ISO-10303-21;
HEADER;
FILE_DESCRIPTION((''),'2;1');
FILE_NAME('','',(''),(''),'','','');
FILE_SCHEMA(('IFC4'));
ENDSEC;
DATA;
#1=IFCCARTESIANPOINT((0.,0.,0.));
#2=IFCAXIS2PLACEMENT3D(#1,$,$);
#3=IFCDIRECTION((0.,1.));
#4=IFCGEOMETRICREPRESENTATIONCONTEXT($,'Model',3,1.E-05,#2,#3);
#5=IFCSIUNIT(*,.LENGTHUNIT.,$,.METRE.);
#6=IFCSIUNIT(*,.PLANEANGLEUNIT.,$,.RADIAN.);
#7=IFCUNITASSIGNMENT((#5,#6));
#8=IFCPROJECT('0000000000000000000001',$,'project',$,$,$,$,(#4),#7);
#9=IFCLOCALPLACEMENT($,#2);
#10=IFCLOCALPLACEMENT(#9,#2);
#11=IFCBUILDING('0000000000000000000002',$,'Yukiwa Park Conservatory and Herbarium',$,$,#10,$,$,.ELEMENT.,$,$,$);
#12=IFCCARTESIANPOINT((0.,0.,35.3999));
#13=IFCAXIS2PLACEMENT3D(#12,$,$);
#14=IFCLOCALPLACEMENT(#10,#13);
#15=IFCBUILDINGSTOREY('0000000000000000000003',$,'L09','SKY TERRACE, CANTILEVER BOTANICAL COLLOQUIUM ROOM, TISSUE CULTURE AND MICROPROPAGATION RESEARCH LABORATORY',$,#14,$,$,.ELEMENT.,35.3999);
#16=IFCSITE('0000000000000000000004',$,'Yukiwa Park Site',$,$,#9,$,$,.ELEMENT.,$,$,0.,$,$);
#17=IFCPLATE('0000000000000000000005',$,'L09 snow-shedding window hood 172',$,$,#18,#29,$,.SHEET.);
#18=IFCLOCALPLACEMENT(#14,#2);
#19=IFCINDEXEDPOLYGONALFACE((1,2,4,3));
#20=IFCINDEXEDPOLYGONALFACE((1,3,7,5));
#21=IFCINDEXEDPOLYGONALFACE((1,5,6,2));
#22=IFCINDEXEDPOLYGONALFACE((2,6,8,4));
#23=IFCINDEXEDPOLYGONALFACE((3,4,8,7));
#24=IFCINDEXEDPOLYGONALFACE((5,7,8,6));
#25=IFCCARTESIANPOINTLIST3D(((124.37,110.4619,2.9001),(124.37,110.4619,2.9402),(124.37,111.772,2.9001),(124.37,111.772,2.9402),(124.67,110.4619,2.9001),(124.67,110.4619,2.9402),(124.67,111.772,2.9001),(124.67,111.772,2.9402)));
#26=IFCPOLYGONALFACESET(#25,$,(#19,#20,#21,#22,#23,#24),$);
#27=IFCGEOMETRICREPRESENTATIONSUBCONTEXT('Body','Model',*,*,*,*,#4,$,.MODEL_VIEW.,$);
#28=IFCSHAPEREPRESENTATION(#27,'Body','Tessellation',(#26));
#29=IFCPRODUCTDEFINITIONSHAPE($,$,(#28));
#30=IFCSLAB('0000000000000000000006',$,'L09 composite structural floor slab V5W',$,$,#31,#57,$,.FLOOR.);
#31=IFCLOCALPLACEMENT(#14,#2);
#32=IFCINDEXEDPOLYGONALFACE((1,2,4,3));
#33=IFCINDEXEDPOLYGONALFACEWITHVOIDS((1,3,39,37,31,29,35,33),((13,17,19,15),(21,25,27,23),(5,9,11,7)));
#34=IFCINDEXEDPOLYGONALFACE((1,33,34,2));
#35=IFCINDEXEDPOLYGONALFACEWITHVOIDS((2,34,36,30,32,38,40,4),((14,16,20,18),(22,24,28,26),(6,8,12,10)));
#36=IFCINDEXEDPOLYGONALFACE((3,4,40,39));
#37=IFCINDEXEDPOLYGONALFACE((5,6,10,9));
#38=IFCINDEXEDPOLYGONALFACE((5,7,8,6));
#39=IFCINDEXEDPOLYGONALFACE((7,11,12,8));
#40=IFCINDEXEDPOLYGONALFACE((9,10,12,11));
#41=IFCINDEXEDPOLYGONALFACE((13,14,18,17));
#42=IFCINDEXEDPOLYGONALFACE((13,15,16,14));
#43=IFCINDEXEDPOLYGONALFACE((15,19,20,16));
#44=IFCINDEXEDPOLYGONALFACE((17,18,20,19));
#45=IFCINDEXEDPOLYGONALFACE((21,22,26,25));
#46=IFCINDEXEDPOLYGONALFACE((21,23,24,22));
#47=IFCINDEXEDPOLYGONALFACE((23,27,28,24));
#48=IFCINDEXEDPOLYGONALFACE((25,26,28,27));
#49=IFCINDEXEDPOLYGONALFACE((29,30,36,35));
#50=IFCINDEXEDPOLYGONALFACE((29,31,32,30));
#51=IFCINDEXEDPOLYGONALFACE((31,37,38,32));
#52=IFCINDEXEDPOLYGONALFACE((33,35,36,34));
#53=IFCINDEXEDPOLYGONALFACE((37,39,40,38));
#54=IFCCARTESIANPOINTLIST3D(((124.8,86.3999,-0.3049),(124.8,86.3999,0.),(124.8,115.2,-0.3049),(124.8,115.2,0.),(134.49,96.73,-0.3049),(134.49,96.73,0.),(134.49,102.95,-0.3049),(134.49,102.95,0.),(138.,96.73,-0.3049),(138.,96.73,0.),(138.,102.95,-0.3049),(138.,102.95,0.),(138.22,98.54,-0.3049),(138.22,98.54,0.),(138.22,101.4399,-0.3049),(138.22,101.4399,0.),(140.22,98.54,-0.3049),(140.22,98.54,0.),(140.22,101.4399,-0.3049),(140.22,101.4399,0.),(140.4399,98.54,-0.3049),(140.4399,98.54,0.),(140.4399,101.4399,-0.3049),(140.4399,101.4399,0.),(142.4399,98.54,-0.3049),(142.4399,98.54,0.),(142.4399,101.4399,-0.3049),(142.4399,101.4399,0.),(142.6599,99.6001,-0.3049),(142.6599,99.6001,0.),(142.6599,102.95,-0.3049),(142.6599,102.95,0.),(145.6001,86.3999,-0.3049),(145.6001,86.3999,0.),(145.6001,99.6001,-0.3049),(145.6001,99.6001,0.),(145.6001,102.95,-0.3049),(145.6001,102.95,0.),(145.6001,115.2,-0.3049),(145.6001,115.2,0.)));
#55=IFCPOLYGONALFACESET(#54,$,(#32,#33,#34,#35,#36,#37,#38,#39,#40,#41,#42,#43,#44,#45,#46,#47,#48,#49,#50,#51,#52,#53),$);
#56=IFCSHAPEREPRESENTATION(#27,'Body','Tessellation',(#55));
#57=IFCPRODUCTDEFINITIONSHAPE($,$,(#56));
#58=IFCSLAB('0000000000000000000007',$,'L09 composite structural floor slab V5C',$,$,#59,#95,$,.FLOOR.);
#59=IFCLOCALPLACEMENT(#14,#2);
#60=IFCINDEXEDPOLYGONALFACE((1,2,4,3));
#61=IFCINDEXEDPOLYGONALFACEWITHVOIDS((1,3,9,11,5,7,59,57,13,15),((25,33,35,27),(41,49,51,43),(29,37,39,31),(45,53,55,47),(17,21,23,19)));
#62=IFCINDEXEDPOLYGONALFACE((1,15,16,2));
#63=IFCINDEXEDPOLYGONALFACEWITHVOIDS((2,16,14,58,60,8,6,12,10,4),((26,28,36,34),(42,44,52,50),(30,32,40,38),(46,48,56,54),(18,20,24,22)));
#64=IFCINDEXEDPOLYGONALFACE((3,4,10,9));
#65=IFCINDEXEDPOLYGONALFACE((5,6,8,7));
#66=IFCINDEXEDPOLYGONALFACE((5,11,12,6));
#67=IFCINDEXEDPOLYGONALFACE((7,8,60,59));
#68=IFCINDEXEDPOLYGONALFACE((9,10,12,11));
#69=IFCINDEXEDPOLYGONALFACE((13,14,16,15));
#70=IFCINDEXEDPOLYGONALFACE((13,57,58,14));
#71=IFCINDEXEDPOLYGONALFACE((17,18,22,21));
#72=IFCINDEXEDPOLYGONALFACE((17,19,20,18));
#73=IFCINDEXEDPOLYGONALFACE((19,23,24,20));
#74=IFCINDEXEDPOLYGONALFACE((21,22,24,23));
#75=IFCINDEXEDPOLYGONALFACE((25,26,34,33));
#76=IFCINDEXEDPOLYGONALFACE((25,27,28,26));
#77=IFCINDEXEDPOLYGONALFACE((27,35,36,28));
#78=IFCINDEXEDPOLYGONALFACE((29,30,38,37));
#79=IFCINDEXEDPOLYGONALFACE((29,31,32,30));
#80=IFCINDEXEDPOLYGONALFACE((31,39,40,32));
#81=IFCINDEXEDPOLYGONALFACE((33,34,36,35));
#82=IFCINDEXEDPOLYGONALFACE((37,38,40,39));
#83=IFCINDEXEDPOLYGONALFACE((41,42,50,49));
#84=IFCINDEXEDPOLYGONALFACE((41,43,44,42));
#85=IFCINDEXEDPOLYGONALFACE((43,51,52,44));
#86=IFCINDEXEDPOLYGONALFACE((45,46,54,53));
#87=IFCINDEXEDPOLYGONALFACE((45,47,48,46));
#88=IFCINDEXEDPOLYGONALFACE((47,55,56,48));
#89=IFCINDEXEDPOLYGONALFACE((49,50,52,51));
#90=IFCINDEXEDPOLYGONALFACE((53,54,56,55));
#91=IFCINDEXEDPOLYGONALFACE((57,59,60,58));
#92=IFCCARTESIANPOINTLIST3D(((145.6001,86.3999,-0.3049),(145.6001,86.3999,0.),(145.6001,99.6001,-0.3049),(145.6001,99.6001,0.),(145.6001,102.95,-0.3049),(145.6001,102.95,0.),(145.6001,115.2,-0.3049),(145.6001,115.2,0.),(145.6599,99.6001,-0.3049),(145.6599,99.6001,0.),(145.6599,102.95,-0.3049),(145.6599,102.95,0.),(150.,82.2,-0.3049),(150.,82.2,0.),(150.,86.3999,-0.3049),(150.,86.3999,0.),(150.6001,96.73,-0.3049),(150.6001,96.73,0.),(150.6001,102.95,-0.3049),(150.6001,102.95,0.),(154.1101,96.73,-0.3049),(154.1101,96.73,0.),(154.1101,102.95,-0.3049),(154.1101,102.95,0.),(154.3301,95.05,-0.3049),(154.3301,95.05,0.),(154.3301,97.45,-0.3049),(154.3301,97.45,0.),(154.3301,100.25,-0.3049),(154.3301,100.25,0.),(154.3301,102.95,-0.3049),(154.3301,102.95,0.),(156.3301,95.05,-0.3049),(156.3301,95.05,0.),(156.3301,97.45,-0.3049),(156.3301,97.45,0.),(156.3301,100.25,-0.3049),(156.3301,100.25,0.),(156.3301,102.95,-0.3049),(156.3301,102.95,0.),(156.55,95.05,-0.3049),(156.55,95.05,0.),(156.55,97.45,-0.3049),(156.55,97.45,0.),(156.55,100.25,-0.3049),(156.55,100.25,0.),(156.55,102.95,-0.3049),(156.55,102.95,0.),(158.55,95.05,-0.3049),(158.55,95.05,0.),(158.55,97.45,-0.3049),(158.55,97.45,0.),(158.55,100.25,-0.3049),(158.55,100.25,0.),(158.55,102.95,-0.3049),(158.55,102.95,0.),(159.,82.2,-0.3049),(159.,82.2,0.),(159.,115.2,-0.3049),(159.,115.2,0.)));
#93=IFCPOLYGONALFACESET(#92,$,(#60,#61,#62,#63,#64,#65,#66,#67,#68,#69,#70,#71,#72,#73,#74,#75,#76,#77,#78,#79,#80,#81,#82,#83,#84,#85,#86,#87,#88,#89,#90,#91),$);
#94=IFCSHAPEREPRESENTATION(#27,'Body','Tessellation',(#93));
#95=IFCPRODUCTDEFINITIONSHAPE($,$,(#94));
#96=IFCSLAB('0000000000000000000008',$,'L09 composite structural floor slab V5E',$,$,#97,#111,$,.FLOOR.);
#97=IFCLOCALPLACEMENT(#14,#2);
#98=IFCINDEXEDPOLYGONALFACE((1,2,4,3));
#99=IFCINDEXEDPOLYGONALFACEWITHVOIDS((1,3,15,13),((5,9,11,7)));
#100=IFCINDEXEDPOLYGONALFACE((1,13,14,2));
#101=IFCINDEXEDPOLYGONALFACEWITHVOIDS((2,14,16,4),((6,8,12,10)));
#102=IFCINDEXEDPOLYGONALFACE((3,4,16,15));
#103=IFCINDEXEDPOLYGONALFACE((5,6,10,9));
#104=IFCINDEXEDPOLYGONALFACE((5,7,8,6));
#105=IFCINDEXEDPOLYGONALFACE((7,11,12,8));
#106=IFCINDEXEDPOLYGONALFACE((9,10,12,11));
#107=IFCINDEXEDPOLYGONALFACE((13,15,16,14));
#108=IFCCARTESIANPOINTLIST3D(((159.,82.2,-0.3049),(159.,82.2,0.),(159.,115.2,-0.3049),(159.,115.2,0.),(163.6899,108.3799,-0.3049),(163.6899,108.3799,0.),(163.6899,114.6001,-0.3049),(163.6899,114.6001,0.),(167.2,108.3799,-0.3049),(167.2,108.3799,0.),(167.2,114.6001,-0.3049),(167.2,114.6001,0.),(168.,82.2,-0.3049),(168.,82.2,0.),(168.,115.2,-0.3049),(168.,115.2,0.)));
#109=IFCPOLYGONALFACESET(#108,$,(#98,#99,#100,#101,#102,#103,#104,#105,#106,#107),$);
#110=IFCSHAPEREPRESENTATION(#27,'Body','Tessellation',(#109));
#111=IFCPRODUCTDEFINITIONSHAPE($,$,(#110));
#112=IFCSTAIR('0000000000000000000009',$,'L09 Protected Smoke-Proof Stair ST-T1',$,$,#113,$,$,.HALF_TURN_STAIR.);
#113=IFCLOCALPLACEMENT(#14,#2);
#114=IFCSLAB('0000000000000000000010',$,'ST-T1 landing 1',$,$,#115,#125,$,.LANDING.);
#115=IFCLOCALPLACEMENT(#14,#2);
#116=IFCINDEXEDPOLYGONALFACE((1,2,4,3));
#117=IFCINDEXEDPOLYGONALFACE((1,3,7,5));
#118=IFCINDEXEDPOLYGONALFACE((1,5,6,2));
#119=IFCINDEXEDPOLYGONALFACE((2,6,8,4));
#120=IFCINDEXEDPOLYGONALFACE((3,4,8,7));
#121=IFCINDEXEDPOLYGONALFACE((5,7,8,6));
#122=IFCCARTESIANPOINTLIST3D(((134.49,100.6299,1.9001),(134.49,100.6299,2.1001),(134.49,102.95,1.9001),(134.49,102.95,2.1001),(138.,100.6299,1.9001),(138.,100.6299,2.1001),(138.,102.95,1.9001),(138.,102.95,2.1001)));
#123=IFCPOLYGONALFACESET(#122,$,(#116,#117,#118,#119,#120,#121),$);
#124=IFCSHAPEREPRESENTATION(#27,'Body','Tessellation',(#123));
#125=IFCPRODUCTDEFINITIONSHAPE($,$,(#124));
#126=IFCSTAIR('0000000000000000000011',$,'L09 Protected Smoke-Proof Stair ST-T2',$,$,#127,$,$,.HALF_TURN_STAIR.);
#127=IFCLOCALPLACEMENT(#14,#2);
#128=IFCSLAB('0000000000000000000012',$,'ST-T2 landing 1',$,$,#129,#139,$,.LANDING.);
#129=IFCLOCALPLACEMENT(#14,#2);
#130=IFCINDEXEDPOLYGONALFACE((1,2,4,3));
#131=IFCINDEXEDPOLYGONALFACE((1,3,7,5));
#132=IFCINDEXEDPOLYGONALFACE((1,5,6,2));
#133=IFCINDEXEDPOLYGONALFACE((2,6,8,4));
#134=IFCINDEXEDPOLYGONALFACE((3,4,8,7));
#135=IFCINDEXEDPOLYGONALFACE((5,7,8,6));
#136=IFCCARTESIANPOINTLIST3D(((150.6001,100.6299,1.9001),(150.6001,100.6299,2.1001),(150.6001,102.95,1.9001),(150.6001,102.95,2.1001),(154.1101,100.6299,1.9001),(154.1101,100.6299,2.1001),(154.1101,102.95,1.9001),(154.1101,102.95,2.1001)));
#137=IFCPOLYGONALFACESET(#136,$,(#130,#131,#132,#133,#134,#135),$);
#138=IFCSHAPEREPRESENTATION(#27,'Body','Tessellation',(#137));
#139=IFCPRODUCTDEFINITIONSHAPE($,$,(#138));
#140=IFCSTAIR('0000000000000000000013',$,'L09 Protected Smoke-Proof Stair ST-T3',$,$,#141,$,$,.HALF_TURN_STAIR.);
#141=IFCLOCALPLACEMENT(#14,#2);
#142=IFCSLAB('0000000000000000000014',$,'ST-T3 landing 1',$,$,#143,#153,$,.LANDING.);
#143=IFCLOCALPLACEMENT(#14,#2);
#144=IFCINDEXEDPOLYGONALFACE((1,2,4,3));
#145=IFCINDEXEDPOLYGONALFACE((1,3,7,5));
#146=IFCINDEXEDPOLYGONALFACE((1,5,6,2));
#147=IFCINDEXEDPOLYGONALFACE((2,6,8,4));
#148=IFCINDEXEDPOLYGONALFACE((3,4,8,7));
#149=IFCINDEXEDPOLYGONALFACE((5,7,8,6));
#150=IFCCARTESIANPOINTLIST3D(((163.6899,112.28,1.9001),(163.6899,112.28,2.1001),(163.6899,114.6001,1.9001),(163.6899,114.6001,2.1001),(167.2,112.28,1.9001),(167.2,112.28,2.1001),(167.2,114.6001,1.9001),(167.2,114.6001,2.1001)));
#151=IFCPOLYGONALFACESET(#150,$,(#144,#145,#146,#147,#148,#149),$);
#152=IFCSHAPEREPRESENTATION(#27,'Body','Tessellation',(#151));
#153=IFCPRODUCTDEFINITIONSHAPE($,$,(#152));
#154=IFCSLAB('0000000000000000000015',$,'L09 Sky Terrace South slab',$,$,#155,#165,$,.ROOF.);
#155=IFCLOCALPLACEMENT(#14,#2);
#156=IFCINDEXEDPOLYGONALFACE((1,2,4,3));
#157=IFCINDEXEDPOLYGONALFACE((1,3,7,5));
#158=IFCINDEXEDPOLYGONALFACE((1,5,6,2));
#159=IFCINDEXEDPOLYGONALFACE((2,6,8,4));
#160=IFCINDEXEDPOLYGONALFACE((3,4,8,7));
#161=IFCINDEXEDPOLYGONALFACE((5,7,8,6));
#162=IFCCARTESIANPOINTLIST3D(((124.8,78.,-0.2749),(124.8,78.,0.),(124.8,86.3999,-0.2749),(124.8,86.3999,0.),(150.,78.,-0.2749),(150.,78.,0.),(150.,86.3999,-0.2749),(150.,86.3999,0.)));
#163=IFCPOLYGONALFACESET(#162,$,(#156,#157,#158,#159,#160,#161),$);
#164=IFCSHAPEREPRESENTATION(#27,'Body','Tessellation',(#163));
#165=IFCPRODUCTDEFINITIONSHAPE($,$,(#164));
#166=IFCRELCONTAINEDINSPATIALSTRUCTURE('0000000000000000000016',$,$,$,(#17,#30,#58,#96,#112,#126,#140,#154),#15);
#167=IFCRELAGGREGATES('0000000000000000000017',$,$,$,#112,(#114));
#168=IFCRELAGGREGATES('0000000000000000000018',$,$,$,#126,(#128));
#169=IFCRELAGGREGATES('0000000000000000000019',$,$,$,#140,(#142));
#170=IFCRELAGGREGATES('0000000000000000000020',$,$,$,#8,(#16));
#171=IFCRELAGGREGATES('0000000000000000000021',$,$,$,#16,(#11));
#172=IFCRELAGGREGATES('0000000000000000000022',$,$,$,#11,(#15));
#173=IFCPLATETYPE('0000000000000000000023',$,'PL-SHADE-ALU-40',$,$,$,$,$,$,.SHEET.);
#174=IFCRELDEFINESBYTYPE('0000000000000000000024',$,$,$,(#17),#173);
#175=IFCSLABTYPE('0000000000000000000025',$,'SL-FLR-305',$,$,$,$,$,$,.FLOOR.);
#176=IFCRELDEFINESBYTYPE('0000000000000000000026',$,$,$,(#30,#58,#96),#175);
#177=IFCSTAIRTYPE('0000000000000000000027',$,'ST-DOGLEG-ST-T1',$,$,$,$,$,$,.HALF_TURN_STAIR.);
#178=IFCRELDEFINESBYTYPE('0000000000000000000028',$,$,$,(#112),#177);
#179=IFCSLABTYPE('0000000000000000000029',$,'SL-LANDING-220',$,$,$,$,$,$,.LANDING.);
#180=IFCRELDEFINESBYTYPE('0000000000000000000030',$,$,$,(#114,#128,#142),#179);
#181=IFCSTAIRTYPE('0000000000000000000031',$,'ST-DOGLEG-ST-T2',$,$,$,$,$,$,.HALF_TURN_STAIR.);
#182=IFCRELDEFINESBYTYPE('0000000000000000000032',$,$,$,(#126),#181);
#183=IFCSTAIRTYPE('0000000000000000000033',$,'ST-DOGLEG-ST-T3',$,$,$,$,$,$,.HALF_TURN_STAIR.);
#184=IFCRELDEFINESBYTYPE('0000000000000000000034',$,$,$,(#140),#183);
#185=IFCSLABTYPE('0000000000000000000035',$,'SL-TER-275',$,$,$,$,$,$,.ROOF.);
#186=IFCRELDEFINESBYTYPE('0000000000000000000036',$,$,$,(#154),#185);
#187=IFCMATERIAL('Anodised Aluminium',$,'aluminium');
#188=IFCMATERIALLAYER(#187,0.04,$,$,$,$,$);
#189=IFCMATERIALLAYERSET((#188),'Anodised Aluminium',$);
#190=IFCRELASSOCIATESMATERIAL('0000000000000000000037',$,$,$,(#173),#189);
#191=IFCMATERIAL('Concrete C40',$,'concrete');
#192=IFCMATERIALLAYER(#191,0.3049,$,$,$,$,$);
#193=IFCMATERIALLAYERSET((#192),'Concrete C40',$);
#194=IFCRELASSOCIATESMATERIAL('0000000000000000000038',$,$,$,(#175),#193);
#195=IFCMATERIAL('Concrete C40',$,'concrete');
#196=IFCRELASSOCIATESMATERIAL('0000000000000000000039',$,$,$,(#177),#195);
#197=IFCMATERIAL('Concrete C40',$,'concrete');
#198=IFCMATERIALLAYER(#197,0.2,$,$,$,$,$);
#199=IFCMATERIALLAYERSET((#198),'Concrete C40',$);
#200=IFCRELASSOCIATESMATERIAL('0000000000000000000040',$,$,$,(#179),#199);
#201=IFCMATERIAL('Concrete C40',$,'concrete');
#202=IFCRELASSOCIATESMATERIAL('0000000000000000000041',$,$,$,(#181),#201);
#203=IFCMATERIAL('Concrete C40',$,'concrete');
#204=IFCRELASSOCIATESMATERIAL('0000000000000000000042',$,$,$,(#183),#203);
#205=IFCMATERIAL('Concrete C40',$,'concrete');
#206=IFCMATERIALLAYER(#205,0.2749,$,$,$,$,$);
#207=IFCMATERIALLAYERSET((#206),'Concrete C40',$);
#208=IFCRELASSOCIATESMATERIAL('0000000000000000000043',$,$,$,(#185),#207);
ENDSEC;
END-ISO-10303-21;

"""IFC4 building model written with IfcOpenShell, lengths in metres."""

from ifc_helpers import new_model, si_unit, direction, frame, origin, origin_2d, place, context, subcontext, project, spatial, polyline, rectangle, outline, extrude, material, layer, layer_set, type_object, element, aggregate, save


model = new_model("IFC4")

# Units and contexts
model_context = context("Model", 3, precision=1e-05, world=origin(), true_north=direction((0.0, 1.0)))
body_context = subcontext(model_context, "Body", "Model", "MODEL_VIEW")
ifc_project = project(units=[si_unit("LENGTHUNIT", "METRE"), si_unit("PLANEANGLEUNIT", "RADIAN")], contexts=[model_context])

# Site, building, storey
site_placement = place(None, origin())
site = spatial("IfcSite", under=ifc_project, at=site_placement, Name="Yukiwa Park Site", CompositionType="ELEMENT", RefElevation=0.0)
building_placement = place(site_placement, origin())
building = spatial("IfcBuilding", under=site, at=building_placement, Name="Yukiwa Park Conservatory and Herbarium", CompositionType="ELEMENT")
storey_placement = place(building_placement, frame((0.0, 0.0, 35.3999)))
storey = spatial("IfcBuildingStorey", under=building, at=storey_placement, Name="L09", Description="SKY TERRACE, CANTILEVER BOTANICAL COLLOQUIUM ROOM, TISSUE CULTURE AND MICROPROPAGATION RESEARCH LABORATORY", CompositionType="ELEMENT", Elevation=35.3999)

# Plate
ifc_material_1 = material(Name="Anodised Aluminium", Category="aluminium")
ifc_layer_1 = layer(ifc_material_1, 0.04)
ifc_layer_set_1 = layer_set([ifc_layer_1], Name="Anodised Aluminium")
plate_type_1 = type_object("IfcPlateType", Name="PL-SHADE-ALU-40", PredefinedType="SHEET", material=ifc_layer_set_1)
plate_placement = place(storey_placement, frame((124.52, 111.1169, 2.9001), z_axis=(0.0, 0.0, 1.0), x_axis=(0.0, -1.0, 0.0)))
element("IfcPlate", 1, at=plate_placement, inside=storey, type_object=plate_type_1, Name="L09 snow-shedding window hood 172", PredefinedType="SHEET", context=body_context, shape_type="SweptSolid", body=[
    extrude(rectangle(XDim=1.3101, YDim=0.3, at=origin_2d()), origin(), (0.0, 0.0, 1.0), 0.04),
])

# Slabs
ifc_material_2 = material(Name="Concrete C40", Category="concrete")
ifc_layer_2 = layer(ifc_material_2, 0.3049)
ifc_layer_set_2 = layer_set([ifc_layer_2], Name="Concrete C40")
slab_type_1 = type_object("IfcSlabType", Name="SL-FLR-305", PredefinedType="FLOOR", material=ifc_layer_set_2)
slab_1_placement = place(storey_placement, frame((0.0, 0.0, -0.3049)))
element("IfcSlab", 2, at=slab_1_placement, inside=storey, type_object=slab_type_1, Name="L09 composite structural floor slab V5W", PredefinedType="FLOOR", context=body_context, shape_type="SweptSolid", body=[
    extrude(outline(polyline([(124.8, 115.2), (145.6001, 115.2), (145.6001, 102.95), (142.6599, 102.95), (142.6599, 99.6001), (145.6001, 99.6001), (145.6001, 86.3999), (124.8, 86.3999), (124.8, 115.2)]), holes=[polyline([(134.49, 102.95), (134.49, 96.73), (138.0, 96.73), (138.0, 102.95), (134.49, 102.95)]), polyline([(140.22, 101.4399), (138.22, 101.4399), (138.22, 98.54), (140.22, 98.54), (140.22, 101.4399)]), polyline([(140.4399, 101.4399), (140.4399, 98.54), (142.4399, 98.54), (142.4399, 101.4399), (140.4399, 101.4399)])]), origin(), (0.0, 0.0, 1.0), 0.3049),
])
slab_2_placement = place(storey_placement, frame((0.0, 0.0, -0.3049)))
element("IfcSlab", 3, at=slab_2_placement, inside=storey, type_object=slab_type_1, Name="L09 composite structural floor slab V5C", PredefinedType="FLOOR", context=body_context, shape_type="SweptSolid", body=[
    extrude(outline(polyline([(150.0, 86.3999), (145.6001, 86.3999), (145.6001, 99.6001), (145.6599, 99.6001), (145.6599, 102.95), (145.6001, 102.95), (145.6001, 115.2), (159.0, 115.2), (159.0, 82.2), (150.0, 82.2), (150.0, 86.3999)]), holes=[polyline([(154.3301, 97.45), (154.3301, 95.05), (156.3301, 95.05), (156.3301, 97.45), (154.3301, 97.45)]), polyline([(156.55, 97.45), (156.55, 95.05), (158.55, 95.05), (158.55, 97.45), (156.55, 97.45)]), polyline([(154.1101, 102.95), (150.6001, 102.95), (150.6001, 96.73), (154.1101, 96.73), (154.1101, 102.95)]), polyline([(154.3301, 102.95), (154.3301, 100.25), (156.3301, 100.25), (156.3301, 102.95), (154.3301, 102.95)]), polyline([(158.55, 102.95), (156.55, 102.95), (156.55, 100.25), (158.55, 100.25), (158.55, 102.95)])]), origin(), (0.0, 0.0, 1.0), 0.3049),
])
slab_3_placement = place(storey_placement, frame((0.0, 0.0, -0.3049)))
element("IfcSlab", 4, at=slab_3_placement, inside=storey, type_object=slab_type_1, Name="L09 composite structural floor slab V5E", PredefinedType="FLOOR", context=body_context, shape_type="SweptSolid", body=[
    extrude(outline(polyline([(168.0, 82.2), (159.0, 82.2), (159.0, 115.2), (168.0, 115.2), (168.0, 82.2)]), holes=[polyline([(167.2, 114.6001), (163.6899, 114.6001), (163.6899, 108.3799), (167.2, 108.3799), (167.2, 114.6001)])]), origin(), (0.0, 0.0, 1.0), 0.3049),
])

# Stairs, slabs
ifc_material_3 = material(Name="Concrete C40", Category="concrete")
stair_type_1 = type_object("IfcStairType", Name="ST-DOGLEG-ST-T1", PredefinedType="HALF_TURN_STAIR", material=ifc_material_3)
stair_1_placement = place(storey_placement, origin())
stair_1 = element("IfcStair", 5, at=stair_1_placement, inside=storey, type_object=stair_type_1, Name="L09 Protected Smoke-Proof Stair ST-T1", PredefinedType="HALF_TURN_STAIR")
ifc_material_4 = material(Name="Concrete C40", Category="concrete")
ifc_layer_3 = layer(ifc_material_4, 0.2)
ifc_layer_set_3 = layer_set([ifc_layer_3], Name="Concrete C40")
slab_type_2 = type_object("IfcSlabType", Name="SL-LANDING-220", PredefinedType="LANDING", material=ifc_layer_set_3)
slab_4_placement = place(storey_placement, frame((0.0, 0.0, 1.9001)))
slab_4 = element("IfcSlab", 6, at=slab_4_placement, type_object=slab_type_2, Name="ST-T1 landing 1", PredefinedType="LANDING", context=body_context, shape_type="SweptSolid", body=[
    extrude(outline(polyline([(138.0, 100.6299), (138.0, 102.95), (134.49, 102.95), (134.49, 100.6299), (138.0, 100.6299)])), origin(), (0.0, 0.0, 1.0), 0.2),
])
aggregate(stair_1, [slab_4])
ifc_material_5 = material(Name="Concrete C40", Category="concrete")
stair_type_2 = type_object("IfcStairType", Name="ST-DOGLEG-ST-T2", PredefinedType="HALF_TURN_STAIR", material=ifc_material_5)
stair_2_placement = place(storey_placement, origin())
stair_2 = element("IfcStair", 7, at=stair_2_placement, inside=storey, type_object=stair_type_2, Name="L09 Protected Smoke-Proof Stair ST-T2", PredefinedType="HALF_TURN_STAIR")
slab_5_placement = place(storey_placement, frame((0.0, 0.0, 1.9001)))
slab_5 = element("IfcSlab", 8, at=slab_5_placement, type_object=slab_type_2, Name="ST-T2 landing 1", PredefinedType="LANDING", context=body_context, shape_type="SweptSolid", body=[
    extrude(outline(polyline([(154.1101, 100.6299), (154.1101, 102.95), (150.6001, 102.95), (150.6001, 100.6299), (154.1101, 100.6299)])), origin(), (0.0, 0.0, 1.0), 0.2),
])
aggregate(stair_2, [slab_5])
ifc_material_6 = material(Name="Concrete C40", Category="concrete")
stair_type_3 = type_object("IfcStairType", Name="ST-DOGLEG-ST-T3", PredefinedType="HALF_TURN_STAIR", material=ifc_material_6)
stair_3_placement = place(storey_placement, origin())
stair_3 = element("IfcStair", 9, at=stair_3_placement, inside=storey, type_object=stair_type_3, Name="L09 Protected Smoke-Proof Stair ST-T3", PredefinedType="HALF_TURN_STAIR")
slab_6_placement = place(storey_placement, frame((0.0, 0.0, 1.9001)))
slab_6 = element("IfcSlab", 10, at=slab_6_placement, type_object=slab_type_2, Name="ST-T3 landing 1", PredefinedType="LANDING", context=body_context, shape_type="SweptSolid", body=[
    extrude(outline(polyline([(167.2, 112.28), (167.2, 114.6001), (163.6899, 114.6001), (163.6899, 112.28), (167.2, 112.28)])), origin(), (0.0, 0.0, 1.0), 0.2),
])
aggregate(stair_3, [slab_6])

# Slab
ifc_material_7 = material(Name="Concrete C40", Category="concrete")
ifc_layer_4 = layer(ifc_material_7, 0.2749)
ifc_layer_set_4 = layer_set([ifc_layer_4], Name="Concrete C40")
slab_type_3 = type_object("IfcSlabType", Name="SL-TER-275", PredefinedType="ROOF", material=ifc_layer_set_4)
slab_7_placement = place(storey_placement, frame((0.0, 0.0, -0.2749)))
element("IfcSlab", 11, at=slab_7_placement, inside=storey, type_object=slab_type_3, Name="L09 Sky Terrace South slab", PredefinedType="ROOF", context=body_context, shape_type="SweptSolid", body=[
    extrude(outline(polyline([(124.8, 78.0), (124.8, 86.3999), (150.0, 86.3999), (150.0, 78.0), (124.8, 78.0)])), origin(), (0.0, 0.0, 1.0), 0.2749),
])

save(model, "model.ifc")
